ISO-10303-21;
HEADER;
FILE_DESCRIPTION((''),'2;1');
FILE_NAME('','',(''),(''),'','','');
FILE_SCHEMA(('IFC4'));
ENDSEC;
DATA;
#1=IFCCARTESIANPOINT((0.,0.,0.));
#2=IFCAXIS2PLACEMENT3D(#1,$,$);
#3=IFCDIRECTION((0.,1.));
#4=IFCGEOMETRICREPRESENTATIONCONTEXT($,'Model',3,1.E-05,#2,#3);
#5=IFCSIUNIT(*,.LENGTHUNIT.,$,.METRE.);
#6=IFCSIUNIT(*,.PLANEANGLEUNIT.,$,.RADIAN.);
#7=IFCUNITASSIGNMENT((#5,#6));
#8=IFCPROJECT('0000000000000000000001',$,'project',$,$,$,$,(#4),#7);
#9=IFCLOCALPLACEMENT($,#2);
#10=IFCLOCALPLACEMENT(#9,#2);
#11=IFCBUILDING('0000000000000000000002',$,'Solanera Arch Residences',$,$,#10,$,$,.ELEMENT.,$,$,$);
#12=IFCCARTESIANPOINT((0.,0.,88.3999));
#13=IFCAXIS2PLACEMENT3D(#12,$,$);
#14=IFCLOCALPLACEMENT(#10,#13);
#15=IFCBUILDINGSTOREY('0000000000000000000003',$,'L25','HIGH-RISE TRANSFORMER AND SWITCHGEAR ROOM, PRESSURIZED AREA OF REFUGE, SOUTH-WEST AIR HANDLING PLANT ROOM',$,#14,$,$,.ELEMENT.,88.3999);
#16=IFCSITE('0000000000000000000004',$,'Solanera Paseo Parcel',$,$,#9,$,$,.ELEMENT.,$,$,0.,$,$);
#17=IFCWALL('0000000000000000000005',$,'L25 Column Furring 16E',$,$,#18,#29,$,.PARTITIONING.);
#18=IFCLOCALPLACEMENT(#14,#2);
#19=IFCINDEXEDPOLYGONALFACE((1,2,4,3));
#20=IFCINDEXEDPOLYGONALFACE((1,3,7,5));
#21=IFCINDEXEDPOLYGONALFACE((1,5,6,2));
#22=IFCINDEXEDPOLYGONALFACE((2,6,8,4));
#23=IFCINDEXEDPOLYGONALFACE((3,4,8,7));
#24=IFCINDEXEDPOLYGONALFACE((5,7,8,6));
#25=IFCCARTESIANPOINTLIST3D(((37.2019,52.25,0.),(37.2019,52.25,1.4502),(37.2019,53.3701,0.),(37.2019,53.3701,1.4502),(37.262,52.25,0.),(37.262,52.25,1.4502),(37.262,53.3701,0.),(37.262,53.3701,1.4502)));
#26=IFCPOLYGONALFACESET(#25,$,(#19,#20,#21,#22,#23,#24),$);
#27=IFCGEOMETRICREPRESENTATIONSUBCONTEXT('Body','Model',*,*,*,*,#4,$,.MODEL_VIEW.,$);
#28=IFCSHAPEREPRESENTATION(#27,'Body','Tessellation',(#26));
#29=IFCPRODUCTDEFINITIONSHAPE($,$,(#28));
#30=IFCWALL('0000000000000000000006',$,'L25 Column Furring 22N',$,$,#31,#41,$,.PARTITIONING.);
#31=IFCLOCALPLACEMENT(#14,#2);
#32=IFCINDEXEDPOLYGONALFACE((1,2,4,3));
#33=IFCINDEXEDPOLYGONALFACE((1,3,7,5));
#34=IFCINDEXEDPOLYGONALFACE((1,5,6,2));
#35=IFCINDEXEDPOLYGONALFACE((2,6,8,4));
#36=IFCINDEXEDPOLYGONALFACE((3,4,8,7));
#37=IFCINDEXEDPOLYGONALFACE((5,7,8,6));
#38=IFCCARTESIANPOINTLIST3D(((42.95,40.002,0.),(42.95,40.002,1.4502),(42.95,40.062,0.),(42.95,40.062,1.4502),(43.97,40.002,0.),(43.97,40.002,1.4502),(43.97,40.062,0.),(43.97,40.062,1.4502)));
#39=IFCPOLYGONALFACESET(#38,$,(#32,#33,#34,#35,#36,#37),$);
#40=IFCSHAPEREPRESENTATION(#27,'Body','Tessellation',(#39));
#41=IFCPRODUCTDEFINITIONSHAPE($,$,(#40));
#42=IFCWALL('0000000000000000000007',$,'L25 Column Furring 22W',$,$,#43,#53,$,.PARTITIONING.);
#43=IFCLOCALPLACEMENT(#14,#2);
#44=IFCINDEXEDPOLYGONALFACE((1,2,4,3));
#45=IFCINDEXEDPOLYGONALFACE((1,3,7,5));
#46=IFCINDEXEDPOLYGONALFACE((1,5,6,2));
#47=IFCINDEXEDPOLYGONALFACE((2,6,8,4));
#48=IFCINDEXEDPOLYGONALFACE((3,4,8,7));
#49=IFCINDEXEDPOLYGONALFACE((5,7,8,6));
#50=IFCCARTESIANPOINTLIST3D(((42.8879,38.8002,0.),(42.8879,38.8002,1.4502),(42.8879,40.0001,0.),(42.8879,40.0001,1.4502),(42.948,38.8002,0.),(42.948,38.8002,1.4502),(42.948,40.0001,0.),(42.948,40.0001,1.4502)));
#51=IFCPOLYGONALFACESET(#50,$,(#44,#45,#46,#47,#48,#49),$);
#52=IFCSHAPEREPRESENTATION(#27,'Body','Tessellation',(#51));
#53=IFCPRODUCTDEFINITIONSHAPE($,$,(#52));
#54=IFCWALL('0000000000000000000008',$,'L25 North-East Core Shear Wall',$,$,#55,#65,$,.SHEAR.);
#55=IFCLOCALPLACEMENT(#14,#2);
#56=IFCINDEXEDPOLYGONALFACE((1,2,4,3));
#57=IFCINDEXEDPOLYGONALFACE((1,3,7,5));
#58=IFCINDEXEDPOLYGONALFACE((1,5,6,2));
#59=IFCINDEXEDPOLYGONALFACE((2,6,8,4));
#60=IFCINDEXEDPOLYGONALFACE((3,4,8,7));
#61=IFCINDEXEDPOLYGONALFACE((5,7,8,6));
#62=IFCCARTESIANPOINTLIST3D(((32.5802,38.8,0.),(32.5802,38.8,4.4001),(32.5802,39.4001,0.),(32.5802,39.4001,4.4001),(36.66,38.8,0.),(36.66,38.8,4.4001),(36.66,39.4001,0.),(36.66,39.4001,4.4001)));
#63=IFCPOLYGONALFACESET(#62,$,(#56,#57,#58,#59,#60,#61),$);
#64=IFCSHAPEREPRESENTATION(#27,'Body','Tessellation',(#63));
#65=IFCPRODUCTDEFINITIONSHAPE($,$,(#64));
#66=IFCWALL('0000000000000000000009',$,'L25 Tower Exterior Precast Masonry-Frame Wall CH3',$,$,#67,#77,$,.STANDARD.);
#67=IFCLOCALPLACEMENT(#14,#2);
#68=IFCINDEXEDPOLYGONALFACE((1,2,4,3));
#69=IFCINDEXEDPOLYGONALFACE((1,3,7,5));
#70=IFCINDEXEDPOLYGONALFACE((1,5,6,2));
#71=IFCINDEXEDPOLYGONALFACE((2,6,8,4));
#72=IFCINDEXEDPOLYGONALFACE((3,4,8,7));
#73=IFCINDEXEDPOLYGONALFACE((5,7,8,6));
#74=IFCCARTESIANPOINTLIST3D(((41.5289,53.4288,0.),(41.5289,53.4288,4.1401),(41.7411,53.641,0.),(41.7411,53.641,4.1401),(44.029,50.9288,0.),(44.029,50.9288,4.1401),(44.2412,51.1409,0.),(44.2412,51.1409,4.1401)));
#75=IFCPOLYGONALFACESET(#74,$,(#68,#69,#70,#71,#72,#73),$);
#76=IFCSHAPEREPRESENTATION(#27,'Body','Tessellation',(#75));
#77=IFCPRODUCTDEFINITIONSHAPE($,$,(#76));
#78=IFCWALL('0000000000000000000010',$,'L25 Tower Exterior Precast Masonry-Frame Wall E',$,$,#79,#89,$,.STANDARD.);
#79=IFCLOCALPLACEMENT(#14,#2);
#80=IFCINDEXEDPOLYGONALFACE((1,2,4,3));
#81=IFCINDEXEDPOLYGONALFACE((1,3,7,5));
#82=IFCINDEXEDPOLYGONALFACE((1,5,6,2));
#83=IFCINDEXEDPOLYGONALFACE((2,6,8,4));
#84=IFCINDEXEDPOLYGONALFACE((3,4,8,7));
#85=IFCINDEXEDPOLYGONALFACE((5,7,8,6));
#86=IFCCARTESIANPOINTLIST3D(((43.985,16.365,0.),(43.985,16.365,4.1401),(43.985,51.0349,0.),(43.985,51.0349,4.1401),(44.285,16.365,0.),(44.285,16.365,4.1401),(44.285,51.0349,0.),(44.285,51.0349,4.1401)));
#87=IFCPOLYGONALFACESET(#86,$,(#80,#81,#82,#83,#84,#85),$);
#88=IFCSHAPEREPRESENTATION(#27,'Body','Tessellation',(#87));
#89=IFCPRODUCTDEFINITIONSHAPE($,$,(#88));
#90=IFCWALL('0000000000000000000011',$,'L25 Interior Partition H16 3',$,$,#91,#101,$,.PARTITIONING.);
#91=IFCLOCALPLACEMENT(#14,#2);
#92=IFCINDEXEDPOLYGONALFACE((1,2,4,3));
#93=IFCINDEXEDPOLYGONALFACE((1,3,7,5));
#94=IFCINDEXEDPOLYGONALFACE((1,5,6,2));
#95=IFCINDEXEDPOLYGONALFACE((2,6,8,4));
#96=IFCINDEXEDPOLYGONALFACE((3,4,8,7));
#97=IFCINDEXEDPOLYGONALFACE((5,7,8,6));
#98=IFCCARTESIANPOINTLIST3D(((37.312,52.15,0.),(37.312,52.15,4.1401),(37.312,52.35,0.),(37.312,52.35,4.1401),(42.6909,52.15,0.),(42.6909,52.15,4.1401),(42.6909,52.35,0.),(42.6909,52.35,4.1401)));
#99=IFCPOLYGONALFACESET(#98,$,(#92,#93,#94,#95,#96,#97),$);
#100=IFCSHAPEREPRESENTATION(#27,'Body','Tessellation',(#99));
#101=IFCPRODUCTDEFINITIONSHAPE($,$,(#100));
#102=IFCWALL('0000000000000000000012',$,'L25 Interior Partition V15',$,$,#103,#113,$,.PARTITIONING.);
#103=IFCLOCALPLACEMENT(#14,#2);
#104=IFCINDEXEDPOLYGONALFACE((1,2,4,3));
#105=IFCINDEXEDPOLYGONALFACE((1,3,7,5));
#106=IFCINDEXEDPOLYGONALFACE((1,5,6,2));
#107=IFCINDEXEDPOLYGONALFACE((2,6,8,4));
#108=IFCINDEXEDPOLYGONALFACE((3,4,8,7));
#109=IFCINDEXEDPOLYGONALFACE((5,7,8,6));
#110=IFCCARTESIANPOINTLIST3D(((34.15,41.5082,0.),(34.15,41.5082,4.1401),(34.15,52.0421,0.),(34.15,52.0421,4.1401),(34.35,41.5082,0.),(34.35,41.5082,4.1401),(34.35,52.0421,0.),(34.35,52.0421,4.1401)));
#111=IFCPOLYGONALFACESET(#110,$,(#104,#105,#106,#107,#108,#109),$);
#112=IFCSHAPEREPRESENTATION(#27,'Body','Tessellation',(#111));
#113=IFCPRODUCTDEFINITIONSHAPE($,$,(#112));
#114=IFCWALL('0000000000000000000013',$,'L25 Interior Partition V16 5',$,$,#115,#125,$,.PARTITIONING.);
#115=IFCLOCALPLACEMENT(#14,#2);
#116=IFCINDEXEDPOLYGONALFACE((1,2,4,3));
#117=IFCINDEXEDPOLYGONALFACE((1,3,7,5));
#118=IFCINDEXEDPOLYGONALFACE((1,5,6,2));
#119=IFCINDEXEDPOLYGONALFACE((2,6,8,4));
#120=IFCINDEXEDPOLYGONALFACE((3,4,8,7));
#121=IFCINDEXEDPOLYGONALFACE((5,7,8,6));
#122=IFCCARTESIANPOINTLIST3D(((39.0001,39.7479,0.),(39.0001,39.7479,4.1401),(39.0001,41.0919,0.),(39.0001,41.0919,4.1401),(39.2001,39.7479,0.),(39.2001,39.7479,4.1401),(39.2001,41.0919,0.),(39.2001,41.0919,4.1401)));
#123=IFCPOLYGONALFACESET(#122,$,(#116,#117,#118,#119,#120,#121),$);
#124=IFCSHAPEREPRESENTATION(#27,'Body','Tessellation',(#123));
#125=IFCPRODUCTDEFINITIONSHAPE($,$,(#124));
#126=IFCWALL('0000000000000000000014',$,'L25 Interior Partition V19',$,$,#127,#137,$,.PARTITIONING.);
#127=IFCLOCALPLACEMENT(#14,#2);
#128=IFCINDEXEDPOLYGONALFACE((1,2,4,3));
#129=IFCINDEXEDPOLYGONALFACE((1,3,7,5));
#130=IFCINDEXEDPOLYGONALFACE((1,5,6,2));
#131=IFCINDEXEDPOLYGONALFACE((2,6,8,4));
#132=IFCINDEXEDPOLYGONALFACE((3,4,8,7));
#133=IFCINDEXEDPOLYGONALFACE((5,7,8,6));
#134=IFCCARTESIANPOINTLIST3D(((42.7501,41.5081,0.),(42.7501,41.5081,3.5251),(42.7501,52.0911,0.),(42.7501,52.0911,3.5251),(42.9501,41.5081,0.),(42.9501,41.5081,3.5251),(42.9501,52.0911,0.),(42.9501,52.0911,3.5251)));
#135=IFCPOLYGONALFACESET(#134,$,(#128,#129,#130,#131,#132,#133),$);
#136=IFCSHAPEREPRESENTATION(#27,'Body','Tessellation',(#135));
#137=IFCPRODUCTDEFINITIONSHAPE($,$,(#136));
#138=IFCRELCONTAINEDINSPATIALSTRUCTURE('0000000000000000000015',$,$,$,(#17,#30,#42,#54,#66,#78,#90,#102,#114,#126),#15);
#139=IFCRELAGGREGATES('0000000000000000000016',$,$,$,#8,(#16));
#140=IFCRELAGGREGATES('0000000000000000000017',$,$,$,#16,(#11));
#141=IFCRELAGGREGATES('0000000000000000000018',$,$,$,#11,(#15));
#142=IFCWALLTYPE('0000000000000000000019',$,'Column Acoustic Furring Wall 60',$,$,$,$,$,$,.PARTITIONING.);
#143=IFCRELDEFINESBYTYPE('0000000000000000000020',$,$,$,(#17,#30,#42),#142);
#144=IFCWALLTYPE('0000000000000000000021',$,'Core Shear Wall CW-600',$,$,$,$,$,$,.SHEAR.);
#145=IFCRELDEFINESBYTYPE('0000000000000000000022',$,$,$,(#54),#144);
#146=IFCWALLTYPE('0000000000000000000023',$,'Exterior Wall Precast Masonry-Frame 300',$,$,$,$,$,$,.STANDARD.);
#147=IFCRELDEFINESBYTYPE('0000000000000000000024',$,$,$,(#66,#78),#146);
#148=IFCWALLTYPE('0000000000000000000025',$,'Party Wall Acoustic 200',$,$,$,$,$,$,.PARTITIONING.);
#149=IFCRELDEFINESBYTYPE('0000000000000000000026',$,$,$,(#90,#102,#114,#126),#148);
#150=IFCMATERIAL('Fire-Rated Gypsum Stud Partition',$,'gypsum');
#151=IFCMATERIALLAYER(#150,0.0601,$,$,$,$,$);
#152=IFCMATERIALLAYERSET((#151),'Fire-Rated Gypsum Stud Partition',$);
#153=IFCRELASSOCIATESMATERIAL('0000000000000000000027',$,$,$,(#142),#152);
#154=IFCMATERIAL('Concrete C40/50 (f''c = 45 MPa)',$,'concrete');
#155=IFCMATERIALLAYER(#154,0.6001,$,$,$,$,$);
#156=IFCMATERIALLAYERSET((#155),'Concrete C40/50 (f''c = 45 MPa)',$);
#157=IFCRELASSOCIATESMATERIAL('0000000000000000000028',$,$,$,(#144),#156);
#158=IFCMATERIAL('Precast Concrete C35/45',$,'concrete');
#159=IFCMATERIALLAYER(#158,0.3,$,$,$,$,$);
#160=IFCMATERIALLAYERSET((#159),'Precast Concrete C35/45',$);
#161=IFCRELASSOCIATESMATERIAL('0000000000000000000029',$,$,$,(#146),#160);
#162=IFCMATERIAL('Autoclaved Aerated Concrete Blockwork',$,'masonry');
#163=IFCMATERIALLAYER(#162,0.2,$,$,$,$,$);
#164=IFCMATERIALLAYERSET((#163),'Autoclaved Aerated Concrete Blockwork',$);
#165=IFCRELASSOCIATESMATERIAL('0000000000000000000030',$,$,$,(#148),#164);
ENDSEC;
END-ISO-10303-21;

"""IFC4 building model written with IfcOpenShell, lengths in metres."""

from ifc_helpers import new_model, si_unit, direction, frame, frame_2d, origin, place, context, subcontext, project, spatial, rectangle, extrude, material, layer, layer_set, type_object, element, save


model = new_model("IFC4")

# Units and contexts
model_context = context("Model", 3, precision=1e-05, world=origin(), true_north=direction((0.0, 1.0)))
body_context = subcontext(model_context, "Body", "Model", "MODEL_VIEW")
ifc_project = project(units=[si_unit("LENGTHUNIT", "METRE"), si_unit("PLANEANGLEUNIT", "RADIAN")], contexts=[model_context])

# Site, building, storey
site_placement = place(None, origin())
site = spatial("IfcSite", under=ifc_project, at=site_placement, Name="Solanera Paseo Parcel", CompositionType="ELEMENT", RefElevation=0.0)
building_placement = place(site_placement, origin())
building = spatial("IfcBuilding", under=site, at=building_placement, Name="Solanera Arch Residences", CompositionType="ELEMENT")
storey_placement = place(building_placement, frame((0.0, 0.0, 88.3999)))
storey = spatial("IfcBuildingStorey", under=building, at=storey_placement, Name="L25", Description="HIGH-RISE TRANSFORMER AND SWITCHGEAR ROOM, PRESSURIZED AREA OF REFUGE, SOUTH-WEST AIR HANDLING PLANT ROOM", CompositionType="ELEMENT", Elevation=88.3999)

# Walls
ifc_material_1 = material(Name="Fire-Rated Gypsum Stud Partition", Category="gypsum")
ifc_layer_1 = layer(ifc_material_1, 0.0601)
ifc_layer_set_1 = layer_set([ifc_layer_1], Name="Fire-Rated Gypsum Stud Partition")
wall_type_1 = type_object("IfcWallType", Name="Column Acoustic Furring Wall 60", PredefinedType="PARTITIONING", material=ifc_layer_set_1)
for number, where, z_axis, x_axis, name in (
    (1, (37.2319, 52.25, 0.0), (0.0, 0.0, 1.0), (0.0, 1.0, 0.0), "L25 Column Furring 16E"),
):
    element("IfcWall", number, at=place(storey_placement, frame(where, z_axis=z_axis, x_axis=x_axis)), inside=storey, type_object=wall_type_1, Name=name, PredefinedType="PARTITIONING", context=body_context, shape_type="SweptSolid", body=[
        extrude(rectangle(XDim=1.1201, YDim=0.0601, at=frame_2d((0.5601, 0.0))), origin(), (0.0, 0.0, 1.0), 1.4502),
    ])
wall_1_placement = place(storey_placement, frame((42.95, 40.032, 0.0), z_axis=(0.0, 0.0, 1.0), x_axis=(1.0, 0.0, 0.0)))
element("IfcWall", 2, at=wall_1_placement, inside=storey, type_object=wall_type_1, Name="L25 Column Furring 22N", PredefinedType="PARTITIONING", context=body_context, shape_type="SweptSolid", body=[
    extrude(rectangle(XDim=1.02, YDim=0.0601, at=frame_2d((0.51, 0.0))), origin(), (0.0, 0.0, 1.0), 1.4502),
])
wall_2_placement = place(storey_placement, frame((42.918, 38.8, 0.0), z_axis=(0.0, 0.0, 1.0), x_axis=(0.0, 1.0, 0.0)))
element("IfcWall", 3, at=wall_2_placement, inside=storey, type_object=wall_type_1, Name="L25 Column Furring 22W", PredefinedType="PARTITIONING", context=body_context, shape_type="SweptSolid", body=[
    extrude(rectangle(XDim=1.2, YDim=0.0601, at=frame_2d((0.6001, 0.0))), origin(), (0.0, 0.0, 1.0), 1.4502),
])
ifc_material_2 = material(Name="Concrete C40/50 (f'c = 45 MPa)", Category="concrete")
ifc_layer_2 = layer(ifc_material_2, 0.6001)
ifc_layer_set_2 = layer_set([ifc_layer_2], Name="Concrete C40/50 (f'c = 45 MPa)")
wall_type_2 = type_object("IfcWallType", Name="Core Shear Wall CW-600", PredefinedType="SHEAR", material=ifc_layer_set_2)
wall_3_placement = place(storey_placement, frame((32.5801, 39.1001, 0.0), z_axis=(0.0, 0.0, 1.0), x_axis=(1.0, 0.0, 0.0)))
element("IfcWall", 4, at=wall_3_placement, inside=storey, type_object=wall_type_2, Name="L25 North-East Core Shear Wall", PredefinedType="SHEAR", context=body_context, shape_type="SweptSolid", body=[
    extrude(rectangle(XDim=4.0798, YDim=0.6001, at=frame_2d((2.04, 0.0))), origin(), (0.0, 0.0, 1.0), 4.4001),
])
ifc_material_3 = material(Name="Precast Concrete C35/45", Category="concrete")
ifc_layer_3 = layer(ifc_material_3, 0.3)
ifc_layer_set_3 = layer_set([ifc_layer_3], Name="Precast Concrete C35/45")
wall_type_3 = type_object("IfcWallType", Name="Exterior Wall Precast Masonry-Frame 300", PredefinedType="STANDARD", material=ifc_layer_set_3)
wall_4_placement = place(storey_placement, frame((41.635, 53.5349, 0.0), z_axis=(0.0, 0.0, 1.0), x_axis=(0.707107, -0.707107, 0.0)))
element("IfcWall", 5, at=wall_4_placement, inside=storey, type_object=wall_type_3, Name="L25 Tower Exterior Precast Masonry-Frame Wall CH3", PredefinedType="STANDARD", context=body_context, shape_type="SweptSolid", body=[
    extrude(rectangle(XDim=3.5356, YDim=0.3, at=frame_2d((1.7678, 0.0))), origin(), (0.0, 0.0, 1.0), 4.1401),
])
wall_5_placement = place(storey_placement, frame((44.135, 51.0349, 0.0), z_axis=(0.0, 0.0, 1.0), x_axis=(0.0, -1.0, 0.0)))
element("IfcWall", 6, at=wall_5_placement, inside=storey, type_object=wall_type_3, Name="L25 Tower Exterior Precast Masonry-Frame Wall E", PredefinedType="STANDARD", context=body_context, shape_type="SweptSolid", body=[
    extrude(rectangle(XDim=34.6699, YDim=0.3, at=frame_2d((17.335, 0.0))), origin(), (0.0, 0.0, 1.0), 4.1401),
])
ifc_material_4 = material(Name="Autoclaved Aerated Concrete Blockwork", Category="masonry")
ifc_layer_4 = layer(ifc_material_4, 0.2)
ifc_layer_set_4 = layer_set([ifc_layer_4], Name="Autoclaved Aerated Concrete Blockwork")
wall_type_4 = type_object("IfcWallType", Name="Party Wall Acoustic 200", PredefinedType="PARTITIONING", material=ifc_layer_set_4)
wall_6_placement = place(storey_placement, frame((37.312, 52.25, 0.0), z_axis=(0.0, 0.0, 1.0), x_axis=(1.0, 0.0, 0.0)))
element("IfcWall", 7, at=wall_6_placement, inside=storey, type_object=wall_type_4, Name="L25 Interior Partition H16 3", PredefinedType="PARTITIONING", context=body_context, shape_type="SweptSolid", body=[
    extrude(rectangle(XDim=5.3789, YDim=0.2, at=frame_2d((2.6895, 0.0))), origin(), (0.0, 0.0, 1.0), 4.1401),
])
wall_7_placement = place(storey_placement, frame((34.25, 41.5081, 0.0), z_axis=(0.0, 0.0, 1.0), x_axis=(0.0, 1.0, 0.0)))
element("IfcWall", 8, at=wall_7_placement, inside=storey, type_object=wall_type_4, Name="L25 Interior Partition V15", PredefinedType="PARTITIONING", context=body_context, shape_type="SweptSolid", body=[
    extrude(rectangle(XDim=10.5339, YDim=0.2, at=frame_2d((5.2671, 0.0))), origin(), (0.0, 0.0, 1.0), 4.1401),
])
wall_8_placement = place(storey_placement, frame((39.1001, 39.748, 0.0), z_axis=(0.0, 0.0, 1.0), x_axis=(0.0, 1.0, 0.0)))
element("IfcWall", 9, at=wall_8_placement, inside=storey, type_object=wall_type_4, Name="L25 Interior Partition V16 5", PredefinedType="PARTITIONING", context=body_context, shape_type="SweptSolid", body=[
    extrude(rectangle(XDim=1.344, YDim=0.2, at=frame_2d((0.6719, 0.0))), origin(), (0.0, 0.0, 1.0), 4.1401),
])
wall_9_placement = place(storey_placement, frame((42.8501, 41.5081, 0.0), z_axis=(0.0, 0.0, 1.0), x_axis=(0.0, 1.0, 0.0)))
element("IfcWall", 10, at=wall_9_placement, inside=storey, type_object=wall_type_4, Name="L25 Interior Partition V19", PredefinedType="PARTITIONING", context=body_context, shape_type="SweptSolid", body=[
    extrude(rectangle(XDim=10.583, YDim=0.2, at=frame_2d((5.2915, 0.0))), origin(), (0.0, 0.0, 1.0), 3.5251),
])

save(model, "model.ifc")
